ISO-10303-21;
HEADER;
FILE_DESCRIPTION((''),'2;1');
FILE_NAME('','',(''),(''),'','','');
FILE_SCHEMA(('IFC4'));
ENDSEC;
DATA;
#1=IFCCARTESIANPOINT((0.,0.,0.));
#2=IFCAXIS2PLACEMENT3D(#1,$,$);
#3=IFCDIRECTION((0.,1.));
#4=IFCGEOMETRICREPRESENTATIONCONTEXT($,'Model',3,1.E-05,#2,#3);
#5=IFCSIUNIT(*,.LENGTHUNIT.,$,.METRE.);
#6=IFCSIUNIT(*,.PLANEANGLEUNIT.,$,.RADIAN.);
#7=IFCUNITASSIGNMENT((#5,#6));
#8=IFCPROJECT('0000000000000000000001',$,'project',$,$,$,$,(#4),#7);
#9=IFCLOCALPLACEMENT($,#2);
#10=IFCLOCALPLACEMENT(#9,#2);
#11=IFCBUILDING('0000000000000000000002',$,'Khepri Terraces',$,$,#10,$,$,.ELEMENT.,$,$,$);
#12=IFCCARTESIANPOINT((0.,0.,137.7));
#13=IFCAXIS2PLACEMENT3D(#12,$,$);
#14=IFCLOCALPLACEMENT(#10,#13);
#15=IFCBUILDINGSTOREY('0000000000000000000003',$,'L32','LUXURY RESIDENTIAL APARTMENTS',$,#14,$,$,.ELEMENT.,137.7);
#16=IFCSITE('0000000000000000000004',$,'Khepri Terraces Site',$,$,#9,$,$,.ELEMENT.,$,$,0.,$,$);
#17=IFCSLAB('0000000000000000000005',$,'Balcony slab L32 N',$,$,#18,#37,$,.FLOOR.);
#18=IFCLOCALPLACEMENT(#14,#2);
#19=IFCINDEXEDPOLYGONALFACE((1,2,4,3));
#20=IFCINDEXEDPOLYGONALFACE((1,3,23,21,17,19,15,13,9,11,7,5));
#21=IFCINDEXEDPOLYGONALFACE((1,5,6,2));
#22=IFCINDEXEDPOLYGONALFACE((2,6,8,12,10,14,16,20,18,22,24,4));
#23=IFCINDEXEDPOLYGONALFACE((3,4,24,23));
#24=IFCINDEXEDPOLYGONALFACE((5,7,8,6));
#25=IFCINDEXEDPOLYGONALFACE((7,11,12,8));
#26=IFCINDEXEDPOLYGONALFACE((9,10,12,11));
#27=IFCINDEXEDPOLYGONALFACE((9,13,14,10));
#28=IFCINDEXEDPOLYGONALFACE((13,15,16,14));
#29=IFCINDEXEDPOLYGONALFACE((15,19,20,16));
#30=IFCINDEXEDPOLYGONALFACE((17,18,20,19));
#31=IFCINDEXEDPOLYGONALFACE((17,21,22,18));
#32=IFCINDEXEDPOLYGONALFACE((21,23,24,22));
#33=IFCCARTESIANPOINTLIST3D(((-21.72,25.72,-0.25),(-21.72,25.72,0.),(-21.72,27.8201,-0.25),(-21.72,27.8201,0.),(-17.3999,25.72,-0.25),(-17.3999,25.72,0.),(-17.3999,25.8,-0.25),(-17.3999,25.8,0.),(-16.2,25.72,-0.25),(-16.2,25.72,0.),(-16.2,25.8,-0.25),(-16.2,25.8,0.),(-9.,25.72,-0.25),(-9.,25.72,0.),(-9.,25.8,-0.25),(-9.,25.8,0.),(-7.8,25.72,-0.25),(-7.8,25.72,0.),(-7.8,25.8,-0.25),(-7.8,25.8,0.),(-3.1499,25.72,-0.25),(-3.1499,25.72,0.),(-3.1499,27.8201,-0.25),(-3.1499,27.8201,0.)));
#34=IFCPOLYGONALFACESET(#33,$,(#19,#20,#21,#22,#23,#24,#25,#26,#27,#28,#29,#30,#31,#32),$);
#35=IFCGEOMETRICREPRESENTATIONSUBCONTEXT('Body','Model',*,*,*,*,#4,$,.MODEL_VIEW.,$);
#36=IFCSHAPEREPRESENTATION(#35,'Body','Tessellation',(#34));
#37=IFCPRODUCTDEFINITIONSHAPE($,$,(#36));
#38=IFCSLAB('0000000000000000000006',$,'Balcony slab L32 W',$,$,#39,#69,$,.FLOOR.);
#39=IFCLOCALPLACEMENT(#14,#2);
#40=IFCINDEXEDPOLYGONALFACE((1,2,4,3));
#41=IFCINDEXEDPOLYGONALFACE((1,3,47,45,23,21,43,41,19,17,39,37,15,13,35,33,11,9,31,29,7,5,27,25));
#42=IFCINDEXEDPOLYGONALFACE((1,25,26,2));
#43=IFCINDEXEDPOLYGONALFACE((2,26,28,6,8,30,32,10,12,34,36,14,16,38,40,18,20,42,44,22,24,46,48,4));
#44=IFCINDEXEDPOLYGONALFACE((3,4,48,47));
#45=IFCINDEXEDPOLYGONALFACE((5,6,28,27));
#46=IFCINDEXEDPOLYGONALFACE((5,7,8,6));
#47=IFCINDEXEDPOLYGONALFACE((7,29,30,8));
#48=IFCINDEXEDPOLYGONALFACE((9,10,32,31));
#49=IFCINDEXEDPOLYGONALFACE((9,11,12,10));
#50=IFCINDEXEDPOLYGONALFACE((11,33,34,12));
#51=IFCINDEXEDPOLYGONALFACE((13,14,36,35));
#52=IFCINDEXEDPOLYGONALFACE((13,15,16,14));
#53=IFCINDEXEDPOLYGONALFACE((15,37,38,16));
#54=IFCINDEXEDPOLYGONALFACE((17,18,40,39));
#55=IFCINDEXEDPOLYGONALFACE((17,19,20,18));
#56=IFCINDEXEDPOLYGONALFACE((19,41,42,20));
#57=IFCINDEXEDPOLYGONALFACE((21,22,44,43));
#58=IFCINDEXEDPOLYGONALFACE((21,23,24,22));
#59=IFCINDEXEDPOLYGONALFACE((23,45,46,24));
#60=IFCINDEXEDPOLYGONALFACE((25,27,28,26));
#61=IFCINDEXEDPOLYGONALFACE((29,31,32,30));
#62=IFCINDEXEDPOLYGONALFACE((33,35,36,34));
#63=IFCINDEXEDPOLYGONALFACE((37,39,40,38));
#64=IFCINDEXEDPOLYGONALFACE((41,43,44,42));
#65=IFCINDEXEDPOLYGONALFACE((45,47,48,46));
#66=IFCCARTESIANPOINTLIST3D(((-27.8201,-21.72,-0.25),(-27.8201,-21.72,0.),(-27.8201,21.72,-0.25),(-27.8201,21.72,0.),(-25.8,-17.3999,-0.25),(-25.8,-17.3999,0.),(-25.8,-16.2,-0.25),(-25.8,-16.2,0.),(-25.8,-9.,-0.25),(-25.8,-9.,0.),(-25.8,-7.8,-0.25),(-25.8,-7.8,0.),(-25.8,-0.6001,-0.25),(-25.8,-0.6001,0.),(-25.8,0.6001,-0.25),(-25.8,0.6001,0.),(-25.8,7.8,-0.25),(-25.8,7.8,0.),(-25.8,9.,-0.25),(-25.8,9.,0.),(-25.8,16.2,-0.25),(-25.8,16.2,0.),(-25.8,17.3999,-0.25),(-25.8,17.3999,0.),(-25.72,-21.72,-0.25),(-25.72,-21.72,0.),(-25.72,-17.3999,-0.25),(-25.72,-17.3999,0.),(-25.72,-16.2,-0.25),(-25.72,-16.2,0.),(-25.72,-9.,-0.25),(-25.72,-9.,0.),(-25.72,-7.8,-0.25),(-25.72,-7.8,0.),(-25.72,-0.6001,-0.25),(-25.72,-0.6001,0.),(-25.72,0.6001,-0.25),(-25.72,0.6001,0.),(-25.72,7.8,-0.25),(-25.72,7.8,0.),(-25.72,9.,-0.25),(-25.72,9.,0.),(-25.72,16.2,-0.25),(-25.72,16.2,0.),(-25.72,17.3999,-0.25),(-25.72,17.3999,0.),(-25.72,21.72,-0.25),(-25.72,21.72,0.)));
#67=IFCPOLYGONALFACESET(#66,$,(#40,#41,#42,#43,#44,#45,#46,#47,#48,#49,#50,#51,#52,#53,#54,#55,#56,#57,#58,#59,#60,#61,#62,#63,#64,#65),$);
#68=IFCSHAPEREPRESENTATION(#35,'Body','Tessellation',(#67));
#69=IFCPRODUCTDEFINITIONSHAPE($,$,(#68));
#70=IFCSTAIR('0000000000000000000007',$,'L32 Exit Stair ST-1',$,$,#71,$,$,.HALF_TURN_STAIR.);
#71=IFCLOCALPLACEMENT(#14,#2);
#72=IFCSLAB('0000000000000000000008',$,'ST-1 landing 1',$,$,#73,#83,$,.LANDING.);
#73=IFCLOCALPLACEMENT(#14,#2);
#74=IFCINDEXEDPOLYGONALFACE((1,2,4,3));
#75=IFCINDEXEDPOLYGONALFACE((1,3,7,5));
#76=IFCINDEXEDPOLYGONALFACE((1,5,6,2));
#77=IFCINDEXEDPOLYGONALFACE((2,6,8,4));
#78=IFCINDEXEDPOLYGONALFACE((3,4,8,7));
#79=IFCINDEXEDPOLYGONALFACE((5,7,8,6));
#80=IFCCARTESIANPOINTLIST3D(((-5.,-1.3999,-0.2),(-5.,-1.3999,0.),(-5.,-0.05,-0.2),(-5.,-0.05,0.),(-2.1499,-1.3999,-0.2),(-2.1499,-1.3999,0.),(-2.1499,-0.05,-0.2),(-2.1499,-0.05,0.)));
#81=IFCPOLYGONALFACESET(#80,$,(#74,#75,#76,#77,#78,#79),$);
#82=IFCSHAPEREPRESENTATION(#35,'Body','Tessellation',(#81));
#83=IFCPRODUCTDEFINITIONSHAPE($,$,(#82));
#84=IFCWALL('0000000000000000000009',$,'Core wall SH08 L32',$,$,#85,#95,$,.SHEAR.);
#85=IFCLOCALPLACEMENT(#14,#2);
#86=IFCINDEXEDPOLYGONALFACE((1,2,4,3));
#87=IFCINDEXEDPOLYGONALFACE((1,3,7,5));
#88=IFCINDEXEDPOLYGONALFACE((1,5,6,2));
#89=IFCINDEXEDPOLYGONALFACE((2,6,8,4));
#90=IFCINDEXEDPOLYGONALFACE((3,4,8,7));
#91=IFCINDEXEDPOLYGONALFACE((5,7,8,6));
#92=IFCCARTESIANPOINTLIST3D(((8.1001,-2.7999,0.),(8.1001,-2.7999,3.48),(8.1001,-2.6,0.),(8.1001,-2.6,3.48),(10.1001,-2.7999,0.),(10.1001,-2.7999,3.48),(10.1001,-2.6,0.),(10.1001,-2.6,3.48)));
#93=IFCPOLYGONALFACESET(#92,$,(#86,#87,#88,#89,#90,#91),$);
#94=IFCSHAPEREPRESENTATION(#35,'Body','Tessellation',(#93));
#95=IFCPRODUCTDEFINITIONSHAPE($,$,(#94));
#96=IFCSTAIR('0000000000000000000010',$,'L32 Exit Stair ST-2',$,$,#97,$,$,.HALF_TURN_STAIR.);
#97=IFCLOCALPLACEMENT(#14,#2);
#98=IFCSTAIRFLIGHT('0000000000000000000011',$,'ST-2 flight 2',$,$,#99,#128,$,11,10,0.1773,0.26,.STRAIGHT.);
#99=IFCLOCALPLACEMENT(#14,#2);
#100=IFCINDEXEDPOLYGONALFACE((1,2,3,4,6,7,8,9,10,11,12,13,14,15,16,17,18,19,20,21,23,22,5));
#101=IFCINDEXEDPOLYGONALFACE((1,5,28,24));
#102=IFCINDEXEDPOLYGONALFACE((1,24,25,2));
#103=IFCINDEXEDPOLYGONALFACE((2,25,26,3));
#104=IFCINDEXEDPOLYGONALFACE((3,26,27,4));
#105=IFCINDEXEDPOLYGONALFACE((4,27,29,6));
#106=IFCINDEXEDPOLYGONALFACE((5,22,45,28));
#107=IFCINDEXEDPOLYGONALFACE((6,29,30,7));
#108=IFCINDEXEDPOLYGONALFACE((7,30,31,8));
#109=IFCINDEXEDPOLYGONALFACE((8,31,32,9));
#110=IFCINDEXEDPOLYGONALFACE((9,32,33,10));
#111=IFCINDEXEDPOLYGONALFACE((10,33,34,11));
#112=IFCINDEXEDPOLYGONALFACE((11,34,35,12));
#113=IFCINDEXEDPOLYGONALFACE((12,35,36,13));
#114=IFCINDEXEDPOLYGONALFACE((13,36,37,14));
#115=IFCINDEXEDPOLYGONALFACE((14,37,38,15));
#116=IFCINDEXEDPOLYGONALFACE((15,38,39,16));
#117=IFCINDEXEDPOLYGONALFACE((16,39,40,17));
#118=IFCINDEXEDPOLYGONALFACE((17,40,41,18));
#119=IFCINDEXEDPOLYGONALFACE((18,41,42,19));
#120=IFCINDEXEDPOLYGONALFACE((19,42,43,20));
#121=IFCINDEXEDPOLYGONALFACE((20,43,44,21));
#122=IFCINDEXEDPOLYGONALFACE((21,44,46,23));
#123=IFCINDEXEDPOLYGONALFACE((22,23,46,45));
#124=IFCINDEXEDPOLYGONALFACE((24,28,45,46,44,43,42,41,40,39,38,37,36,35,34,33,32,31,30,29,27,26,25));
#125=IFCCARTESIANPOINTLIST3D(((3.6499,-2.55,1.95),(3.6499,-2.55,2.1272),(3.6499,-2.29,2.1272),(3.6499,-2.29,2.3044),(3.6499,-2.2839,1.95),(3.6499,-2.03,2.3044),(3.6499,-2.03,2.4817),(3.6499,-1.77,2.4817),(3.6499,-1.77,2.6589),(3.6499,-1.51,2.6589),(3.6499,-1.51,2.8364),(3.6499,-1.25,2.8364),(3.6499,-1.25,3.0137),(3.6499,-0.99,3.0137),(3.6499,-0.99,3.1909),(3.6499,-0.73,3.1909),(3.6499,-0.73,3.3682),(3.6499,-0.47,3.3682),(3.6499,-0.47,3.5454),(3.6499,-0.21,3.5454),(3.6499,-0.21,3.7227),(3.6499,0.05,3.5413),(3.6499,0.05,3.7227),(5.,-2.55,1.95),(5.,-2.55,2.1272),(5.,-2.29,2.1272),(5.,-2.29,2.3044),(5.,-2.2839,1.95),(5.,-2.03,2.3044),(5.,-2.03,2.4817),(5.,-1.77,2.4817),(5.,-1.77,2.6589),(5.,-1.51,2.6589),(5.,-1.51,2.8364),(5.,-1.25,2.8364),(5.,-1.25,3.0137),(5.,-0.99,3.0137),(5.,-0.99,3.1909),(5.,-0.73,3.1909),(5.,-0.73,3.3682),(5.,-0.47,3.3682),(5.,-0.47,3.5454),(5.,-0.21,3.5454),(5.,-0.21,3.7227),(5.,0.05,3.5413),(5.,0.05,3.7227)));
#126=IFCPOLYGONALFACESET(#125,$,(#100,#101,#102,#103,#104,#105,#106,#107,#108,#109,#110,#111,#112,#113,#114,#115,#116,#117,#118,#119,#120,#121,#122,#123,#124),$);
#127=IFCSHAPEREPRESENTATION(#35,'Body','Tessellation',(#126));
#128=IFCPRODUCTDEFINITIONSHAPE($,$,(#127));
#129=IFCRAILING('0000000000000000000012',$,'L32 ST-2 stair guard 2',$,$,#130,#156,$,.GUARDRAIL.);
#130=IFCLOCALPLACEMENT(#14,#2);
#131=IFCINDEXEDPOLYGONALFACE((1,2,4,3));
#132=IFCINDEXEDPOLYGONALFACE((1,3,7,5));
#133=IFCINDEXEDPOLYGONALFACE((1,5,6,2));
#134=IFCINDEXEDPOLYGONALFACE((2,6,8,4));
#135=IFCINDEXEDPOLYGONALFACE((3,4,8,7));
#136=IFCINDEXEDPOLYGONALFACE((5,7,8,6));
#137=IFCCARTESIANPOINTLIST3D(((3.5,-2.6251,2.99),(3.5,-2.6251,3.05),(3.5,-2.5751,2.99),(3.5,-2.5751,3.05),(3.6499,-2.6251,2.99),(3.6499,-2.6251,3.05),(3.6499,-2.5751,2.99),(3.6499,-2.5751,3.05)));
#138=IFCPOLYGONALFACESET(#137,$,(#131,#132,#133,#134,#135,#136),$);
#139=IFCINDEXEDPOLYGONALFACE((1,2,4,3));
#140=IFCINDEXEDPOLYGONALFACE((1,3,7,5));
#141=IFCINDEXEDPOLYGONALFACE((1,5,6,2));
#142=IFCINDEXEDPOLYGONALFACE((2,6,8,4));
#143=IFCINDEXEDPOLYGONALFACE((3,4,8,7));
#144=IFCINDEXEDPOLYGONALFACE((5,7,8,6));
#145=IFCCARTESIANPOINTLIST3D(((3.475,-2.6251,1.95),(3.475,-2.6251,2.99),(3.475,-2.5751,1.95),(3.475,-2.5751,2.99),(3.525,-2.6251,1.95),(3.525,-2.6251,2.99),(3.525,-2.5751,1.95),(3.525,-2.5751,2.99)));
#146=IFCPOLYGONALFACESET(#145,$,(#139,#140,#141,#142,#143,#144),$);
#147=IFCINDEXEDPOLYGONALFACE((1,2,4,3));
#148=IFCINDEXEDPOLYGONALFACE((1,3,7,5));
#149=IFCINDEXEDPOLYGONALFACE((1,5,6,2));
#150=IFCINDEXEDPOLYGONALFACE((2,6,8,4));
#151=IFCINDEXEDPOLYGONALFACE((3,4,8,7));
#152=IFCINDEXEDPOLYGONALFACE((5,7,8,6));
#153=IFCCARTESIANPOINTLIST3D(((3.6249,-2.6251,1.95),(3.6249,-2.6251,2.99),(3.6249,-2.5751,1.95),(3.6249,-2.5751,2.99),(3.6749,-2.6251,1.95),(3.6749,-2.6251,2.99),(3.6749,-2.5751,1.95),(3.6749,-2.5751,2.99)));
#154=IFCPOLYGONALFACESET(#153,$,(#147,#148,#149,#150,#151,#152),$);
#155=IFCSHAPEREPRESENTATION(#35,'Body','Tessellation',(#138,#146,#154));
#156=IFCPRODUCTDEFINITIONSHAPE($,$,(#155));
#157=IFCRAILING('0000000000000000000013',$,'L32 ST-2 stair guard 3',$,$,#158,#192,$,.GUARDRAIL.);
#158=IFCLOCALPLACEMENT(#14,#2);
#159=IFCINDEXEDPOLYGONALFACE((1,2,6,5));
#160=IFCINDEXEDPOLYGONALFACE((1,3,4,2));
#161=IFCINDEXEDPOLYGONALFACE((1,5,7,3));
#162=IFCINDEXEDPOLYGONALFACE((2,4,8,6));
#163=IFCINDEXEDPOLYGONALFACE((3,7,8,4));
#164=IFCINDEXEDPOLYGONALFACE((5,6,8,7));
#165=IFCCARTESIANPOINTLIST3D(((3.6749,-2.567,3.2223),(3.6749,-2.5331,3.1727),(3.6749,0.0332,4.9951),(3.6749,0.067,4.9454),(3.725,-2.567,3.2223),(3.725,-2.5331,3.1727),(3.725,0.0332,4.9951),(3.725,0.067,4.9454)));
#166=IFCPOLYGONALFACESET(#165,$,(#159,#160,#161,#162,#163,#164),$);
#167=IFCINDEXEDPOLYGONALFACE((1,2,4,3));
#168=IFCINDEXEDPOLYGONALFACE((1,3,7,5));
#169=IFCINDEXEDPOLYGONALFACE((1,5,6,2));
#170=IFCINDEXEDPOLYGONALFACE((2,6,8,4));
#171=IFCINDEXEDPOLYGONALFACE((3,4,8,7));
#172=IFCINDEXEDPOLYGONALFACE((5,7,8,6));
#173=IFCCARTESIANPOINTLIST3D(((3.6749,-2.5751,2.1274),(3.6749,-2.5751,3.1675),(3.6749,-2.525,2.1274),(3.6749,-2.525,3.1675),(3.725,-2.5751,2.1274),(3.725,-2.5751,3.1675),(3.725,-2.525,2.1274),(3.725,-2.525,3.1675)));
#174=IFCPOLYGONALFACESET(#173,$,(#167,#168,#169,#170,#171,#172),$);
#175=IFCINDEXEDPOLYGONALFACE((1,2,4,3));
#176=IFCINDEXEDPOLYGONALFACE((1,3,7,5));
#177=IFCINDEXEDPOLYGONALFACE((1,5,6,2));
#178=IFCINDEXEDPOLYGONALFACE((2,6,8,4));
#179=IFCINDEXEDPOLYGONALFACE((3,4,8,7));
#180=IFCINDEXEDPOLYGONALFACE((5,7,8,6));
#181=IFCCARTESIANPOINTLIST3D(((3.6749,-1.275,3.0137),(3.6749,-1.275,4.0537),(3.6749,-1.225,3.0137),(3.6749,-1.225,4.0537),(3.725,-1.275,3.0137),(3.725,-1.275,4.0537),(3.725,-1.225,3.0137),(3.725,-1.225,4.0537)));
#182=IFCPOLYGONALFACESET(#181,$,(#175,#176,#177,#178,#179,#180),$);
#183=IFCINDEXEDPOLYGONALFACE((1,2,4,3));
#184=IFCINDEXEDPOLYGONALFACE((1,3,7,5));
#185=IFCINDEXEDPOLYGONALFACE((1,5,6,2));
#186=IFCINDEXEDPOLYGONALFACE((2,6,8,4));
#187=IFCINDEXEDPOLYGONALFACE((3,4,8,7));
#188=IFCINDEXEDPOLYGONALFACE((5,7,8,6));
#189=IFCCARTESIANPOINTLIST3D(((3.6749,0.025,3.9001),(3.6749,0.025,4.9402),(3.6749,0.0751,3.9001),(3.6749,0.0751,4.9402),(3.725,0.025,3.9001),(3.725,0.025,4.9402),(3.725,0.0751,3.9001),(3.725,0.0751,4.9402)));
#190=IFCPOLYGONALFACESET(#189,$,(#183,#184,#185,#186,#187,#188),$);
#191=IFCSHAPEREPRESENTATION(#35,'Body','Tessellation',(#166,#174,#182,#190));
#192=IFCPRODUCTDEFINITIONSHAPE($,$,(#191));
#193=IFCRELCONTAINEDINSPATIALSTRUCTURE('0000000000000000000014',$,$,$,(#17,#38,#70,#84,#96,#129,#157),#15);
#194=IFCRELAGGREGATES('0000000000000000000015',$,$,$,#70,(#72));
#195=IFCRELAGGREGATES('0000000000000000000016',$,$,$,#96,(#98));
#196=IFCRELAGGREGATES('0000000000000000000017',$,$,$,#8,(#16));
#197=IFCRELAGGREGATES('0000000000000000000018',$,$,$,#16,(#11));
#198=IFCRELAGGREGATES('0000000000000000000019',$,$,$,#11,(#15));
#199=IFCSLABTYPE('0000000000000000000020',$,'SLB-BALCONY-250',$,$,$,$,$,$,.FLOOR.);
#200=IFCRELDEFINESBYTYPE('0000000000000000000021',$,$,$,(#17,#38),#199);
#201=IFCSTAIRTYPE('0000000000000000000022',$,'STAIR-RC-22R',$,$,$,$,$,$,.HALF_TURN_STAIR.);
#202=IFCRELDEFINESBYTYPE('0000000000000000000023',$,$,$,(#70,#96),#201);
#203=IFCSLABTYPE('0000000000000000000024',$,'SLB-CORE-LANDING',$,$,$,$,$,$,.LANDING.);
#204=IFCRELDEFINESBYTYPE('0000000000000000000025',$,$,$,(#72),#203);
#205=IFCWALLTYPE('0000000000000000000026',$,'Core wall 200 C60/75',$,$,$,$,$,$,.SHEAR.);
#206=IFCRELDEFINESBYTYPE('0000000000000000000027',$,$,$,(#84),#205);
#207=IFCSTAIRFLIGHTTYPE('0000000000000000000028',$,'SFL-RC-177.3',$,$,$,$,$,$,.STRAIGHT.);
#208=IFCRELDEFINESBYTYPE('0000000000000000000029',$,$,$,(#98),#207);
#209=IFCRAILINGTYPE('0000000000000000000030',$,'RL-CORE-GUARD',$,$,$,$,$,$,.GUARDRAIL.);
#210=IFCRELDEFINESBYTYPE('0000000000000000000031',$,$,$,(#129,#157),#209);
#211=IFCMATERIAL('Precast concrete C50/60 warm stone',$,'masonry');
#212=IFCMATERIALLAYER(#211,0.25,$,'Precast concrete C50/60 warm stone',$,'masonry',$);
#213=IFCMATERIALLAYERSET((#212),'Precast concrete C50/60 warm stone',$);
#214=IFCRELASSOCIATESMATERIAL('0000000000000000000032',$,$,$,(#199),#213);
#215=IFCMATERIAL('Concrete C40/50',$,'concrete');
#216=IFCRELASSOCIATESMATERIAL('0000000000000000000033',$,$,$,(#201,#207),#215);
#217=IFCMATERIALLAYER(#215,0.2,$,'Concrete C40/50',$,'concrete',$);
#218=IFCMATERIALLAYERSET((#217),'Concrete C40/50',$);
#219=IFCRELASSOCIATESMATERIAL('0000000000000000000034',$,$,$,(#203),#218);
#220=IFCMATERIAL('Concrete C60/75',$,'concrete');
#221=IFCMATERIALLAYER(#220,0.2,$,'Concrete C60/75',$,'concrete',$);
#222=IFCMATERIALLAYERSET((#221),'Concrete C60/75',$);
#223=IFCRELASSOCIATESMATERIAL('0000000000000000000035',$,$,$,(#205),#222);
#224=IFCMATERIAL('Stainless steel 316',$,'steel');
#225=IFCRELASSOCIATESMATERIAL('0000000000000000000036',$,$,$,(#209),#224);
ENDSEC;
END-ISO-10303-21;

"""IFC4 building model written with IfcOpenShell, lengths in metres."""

from ifc_helpers import new_model, si_unit, direction, frame, frame_2d, origin, origin_2d, place, context, subcontext, project, spatial, polyline, rectangle, outline, extrude, material, layer, layer_set, type_object, element, aggregate, save


model = new_model("IFC4")

# Units and contexts
model_context = context("Model", 3, precision=1e-05, world=origin(), true_north=direction((0.0, 1.0)))
body_context = subcontext(model_context, "Body", "Model", "MODEL_VIEW")
ifc_project = project(units=[si_unit("LENGTHUNIT", "METRE"), si_unit("PLANEANGLEUNIT", "RADIAN")], contexts=[model_context])

# Site, building, storey
site_placement = place(None, origin())
site = spatial("IfcSite", under=ifc_project, at=site_placement, Name="Khepri Terraces Site", CompositionType="ELEMENT", RefElevation=0.0)
building_placement = place(site_placement, origin())
building = spatial("IfcBuilding", under=site, at=building_placement, Name="Khepri Terraces", CompositionType="ELEMENT")
storey_placement = place(building_placement, frame((0.0, 0.0, 137.7)))
storey = spatial("IfcBuildingStorey", under=building, at=storey_placement, Name="L32", Description="LUXURY RESIDENTIAL APARTMENTS", CompositionType="ELEMENT", Elevation=137.7)

# Slabs
ifc_material_1 = material(Name="Concrete C40/50", Category="concrete")
ifc_material_2 = material(Name="Precast concrete C50/60 warm stone", Category="masonry")
ifc_layer_1 = layer(ifc_material_2, 0.25, Name="Precast concrete C50/60 warm stone", Category="masonry")
ifc_layer_set_1 = layer_set([ifc_layer_1], Name="Precast concrete C50/60 warm stone")
slab_type_1 = type_object("IfcSlabType", Name="SLB-BALCONY-250", PredefinedType="FLOOR", material=ifc_layer_set_1)
slab_1_placement = place(storey_placement, frame((0.0, 0.0, -0.25)))
element("IfcSlab", 1, at=slab_1_placement, inside=storey, type_object=slab_type_1, Name="Balcony slab L32 N", PredefinedType="FLOOR", context=body_context, shape_type="SweptSolid", body=[
    extrude(outline(polyline([(-7.8, 25.72), (-3.1499, 25.72), (-3.1499, 27.8201), (-21.72, 27.8201), (-21.72, 25.72), (-17.3999, 25.72), (-17.3999, 25.8), (-16.2, 25.8), (-16.2, 25.72), (-9.0, 25.72), (-9.0, 25.8), (-7.8, 25.8), (-7.8, 25.72)])), origin(), (0.0, 0.0, 1.0), 0.25),
])
slab_2_placement = place(storey_placement, frame((0.0, 0.0, -0.25)))
element("IfcSlab", 2, at=slab_2_placement, inside=storey, type_object=slab_type_1, Name="Balcony slab L32 W", PredefinedType="FLOOR", context=body_context, shape_type="SweptSolid", body=[
    extrude(outline(polyline([(-25.72, 17.3999), (-25.72, 21.72), (-27.8201, 21.72), (-27.8201, -21.72), (-25.72, -21.72), (-25.72, -17.3999), (-25.8, -17.3999), (-25.8, -16.2), (-25.72, -16.2), (-25.72, -9.0), (-25.8, -9.0), (-25.8, -7.8), (-25.72, -7.8), (-25.72, -0.6001), (-25.8, -0.6001), (-25.8, 0.6001), (-25.72, 0.6001), (-25.72, 7.8), (-25.8, 7.8), (-25.8, 9.0), (-25.72, 9.0), (-25.72, 16.2), (-25.8, 16.2), (-25.8, 17.3999), (-25.72, 17.3999)])), origin(), (0.0, 0.0, 1.0), 0.25),
])

# Stair, slab
stair_type = type_object("IfcStairType", Name="STAIR-RC-22R", PredefinedType="HALF_TURN_STAIR", material=ifc_material_1)
stair_1_placement = place(storey_placement, origin())
stair_1 = element("IfcStair", 3, at=stair_1_placement, inside=storey, type_object=stair_type, Name="L32 Exit Stair ST-1", PredefinedType="HALF_TURN_STAIR")
ifc_layer_2 = layer(ifc_material_1, 0.2, Name="Concrete C40/50", Category="concrete")
ifc_layer_set_2 = layer_set([ifc_layer_2], Name="Concrete C40/50")
slab_type_2 = type_object("IfcSlabType", Name="SLB-CORE-LANDING", PredefinedType="LANDING", material=ifc_layer_set_2)
slab_3_placement = place(storey_placement, frame((0.0, 0.0, -0.2)))
slab_3 = element("IfcSlab", 4, at=slab_3_placement, type_object=slab_type_2, Name="ST-1 landing 1", PredefinedType="LANDING", context=body_context, shape_type="SweptSolid", body=[
    extrude(outline(polyline([(-2.1499, -1.3999), (-2.1499, -0.05), (-5.0, -0.05), (-5.0, -1.3999), (-2.1499, -1.3999)])), origin(), (0.0, 0.0, 1.0), 0.2),
])
aggregate(stair_1, [slab_3])

# Wall
ifc_material_3 = material(Name="Concrete C60/75", Category="concrete")
ifc_layer_3 = layer(ifc_material_3, 0.2, Name="Concrete C60/75", Category="concrete")
ifc_layer_set_3 = layer_set([ifc_layer_3], Name="Concrete C60/75")
wall_type = type_object("IfcWallType", Name="Core wall 200 C60/75", PredefinedType="SHEAR", material=ifc_layer_set_3)
wall_placement = place(storey_placement, frame((8.1001, -2.7, 0.0), z_axis=(0.0, 0.0, 1.0), x_axis=(1.0, 0.0, 0.0)))
element("IfcWall", 5, at=wall_placement, inside=storey, type_object=wall_type, Name="Core wall SH08 L32", PredefinedType="SHEAR", context=body_context, shape_type="SweptSolid", body=[
    extrude(rectangle(XDim=2.0, YDim=0.2, at=frame_2d((1.0, 0.0))), origin(), (0.0, 0.0, 1.0), 3.48),
])

# Stair, stair flight
stair_2_placement = place(storey_placement, origin())
stair_2 = element("IfcStair", 6, at=stair_2_placement, inside=storey, type_object=stair_type, Name="L32 Exit Stair ST-2", PredefinedType="HALF_TURN_STAIR")
stair_flight_type = type_object("IfcStairFlightType", Name="SFL-RC-177.3", PredefinedType="STRAIGHT", material=ifc_material_1)
stair_flight_placement = place(storey_placement, frame((4.325, -2.55, 1.95), z_axis=(0.0, 0.0, 1.0), x_axis=(0.0, 1.0, 0.0)))
stair_flight = element("IfcStairFlight", 7, at=stair_flight_placement, type_object=stair_flight_type, Name="ST-2 flight 2", NumberOfRisers=11, NumberOfTreads=10, PredefinedType="STRAIGHT", RiserHeight=0.1773, TreadLength=0.26, context=body_context, shape_type="SweptSolid", body=[
    extrude(outline(polyline([(0.0, 0.0), (0.0, 0.1772), (0.26, 0.1772), (0.26, 0.3545), (0.52, 0.3545), (0.52, 0.5317), (0.78, 0.5317), (0.78, 0.709), (1.04, 0.709), (1.04, 0.8865), (1.3, 0.8865), (1.3, 1.0637), (1.5601, 1.0637), (1.5601, 1.241), (1.8201, 1.241), (1.8201, 1.4182), (2.0801, 1.4182), (2.0801, 1.5955), (2.3401, 1.5955), (2.3401, 1.7727), (2.6001, 1.7727), (2.6001, 1.95), (2.6001, 1.5913), (0.2661, 0.0), (0.0, 0.0)])), frame((0.0, 0.675, 0.0), z_axis=(0.0, -1.0, 0.0), x_axis=(1.0, 0.0, 0.0)), (0.0, 0.0, 1.0), 1.3501),
])
aggregate(stair_2, [stair_flight])

# Railings
ifc_material_4 = material(Name="Stainless steel 316", Category="steel")
railing_type_1 = type_object("IfcRailingType", Name="RL-CORE-GUARD", PredefinedType="GUARDRAIL", material=ifc_material_4)
railing_1_placement = place(storey_placement, frame((3.5, -2.6001, 1.95)))
element("IfcRailing", 8, at=railing_1_placement, inside=storey, type_object=railing_type_1, Name="L32 ST-2 stair guard 2", PredefinedType="GUARDRAIL", context=body_context, shape_type="SweptSolid", body=[
    extrude(rectangle(XDim=0.05, YDim=0.0601, at=origin_2d()), frame((0.0, 0.0, 1.0701), z_axis=(1.0, 0.0, 0.0), x_axis=(0.0, 1.0, 0.0)), (0.0, 0.0, 1.0), 0.1499),
    extrude(rectangle(XDim=0.05, YDim=0.05, at=origin_2d()), origin(), (0.0, 0.0, 1.0), 1.04),
    extrude(rectangle(XDim=0.05, YDim=0.05, at=origin_2d()), frame((0.1499, 0.0, 0.0)), (0.0, 0.0, 1.0), 1.04),
])
railing_2_placement = place(storey_placement, frame((3.7, -2.55, 2.1274)))
element("IfcRailing", 9, at=railing_2_placement, inside=storey, type_object=railing_type_1, Name="L32 ST-2 stair guard 3", PredefinedType="GUARDRAIL", context=body_context, shape_type="SweptSolid", body=[
    extrude(rectangle(XDim=0.05, YDim=0.0601, at=origin_2d()), frame((0.0, 0.0, 1.0701), z_axis=(0.0, 0.82624, 0.563318), x_axis=(-1.0, 0.0, 0.0)), (0.0, 0.0, 1.0), 3.147),
    extrude(rectangle(XDim=0.05, YDim=0.05, at=origin_2d()), origin(), (0.0, 0.0, 1.0), 1.04),
    extrude(rectangle(XDim=0.05, YDim=0.05, at=origin_2d()), frame((0.0, 1.3, 0.8862)), (0.0, 0.0, 1.0), 1.04),
    extrude(rectangle(XDim=0.05, YDim=0.05, at=origin_2d()), frame((0.0, 2.6001, 1.7727)), (0.0, 0.0, 1.0), 1.04),
])

save(model, "model.ifc")
